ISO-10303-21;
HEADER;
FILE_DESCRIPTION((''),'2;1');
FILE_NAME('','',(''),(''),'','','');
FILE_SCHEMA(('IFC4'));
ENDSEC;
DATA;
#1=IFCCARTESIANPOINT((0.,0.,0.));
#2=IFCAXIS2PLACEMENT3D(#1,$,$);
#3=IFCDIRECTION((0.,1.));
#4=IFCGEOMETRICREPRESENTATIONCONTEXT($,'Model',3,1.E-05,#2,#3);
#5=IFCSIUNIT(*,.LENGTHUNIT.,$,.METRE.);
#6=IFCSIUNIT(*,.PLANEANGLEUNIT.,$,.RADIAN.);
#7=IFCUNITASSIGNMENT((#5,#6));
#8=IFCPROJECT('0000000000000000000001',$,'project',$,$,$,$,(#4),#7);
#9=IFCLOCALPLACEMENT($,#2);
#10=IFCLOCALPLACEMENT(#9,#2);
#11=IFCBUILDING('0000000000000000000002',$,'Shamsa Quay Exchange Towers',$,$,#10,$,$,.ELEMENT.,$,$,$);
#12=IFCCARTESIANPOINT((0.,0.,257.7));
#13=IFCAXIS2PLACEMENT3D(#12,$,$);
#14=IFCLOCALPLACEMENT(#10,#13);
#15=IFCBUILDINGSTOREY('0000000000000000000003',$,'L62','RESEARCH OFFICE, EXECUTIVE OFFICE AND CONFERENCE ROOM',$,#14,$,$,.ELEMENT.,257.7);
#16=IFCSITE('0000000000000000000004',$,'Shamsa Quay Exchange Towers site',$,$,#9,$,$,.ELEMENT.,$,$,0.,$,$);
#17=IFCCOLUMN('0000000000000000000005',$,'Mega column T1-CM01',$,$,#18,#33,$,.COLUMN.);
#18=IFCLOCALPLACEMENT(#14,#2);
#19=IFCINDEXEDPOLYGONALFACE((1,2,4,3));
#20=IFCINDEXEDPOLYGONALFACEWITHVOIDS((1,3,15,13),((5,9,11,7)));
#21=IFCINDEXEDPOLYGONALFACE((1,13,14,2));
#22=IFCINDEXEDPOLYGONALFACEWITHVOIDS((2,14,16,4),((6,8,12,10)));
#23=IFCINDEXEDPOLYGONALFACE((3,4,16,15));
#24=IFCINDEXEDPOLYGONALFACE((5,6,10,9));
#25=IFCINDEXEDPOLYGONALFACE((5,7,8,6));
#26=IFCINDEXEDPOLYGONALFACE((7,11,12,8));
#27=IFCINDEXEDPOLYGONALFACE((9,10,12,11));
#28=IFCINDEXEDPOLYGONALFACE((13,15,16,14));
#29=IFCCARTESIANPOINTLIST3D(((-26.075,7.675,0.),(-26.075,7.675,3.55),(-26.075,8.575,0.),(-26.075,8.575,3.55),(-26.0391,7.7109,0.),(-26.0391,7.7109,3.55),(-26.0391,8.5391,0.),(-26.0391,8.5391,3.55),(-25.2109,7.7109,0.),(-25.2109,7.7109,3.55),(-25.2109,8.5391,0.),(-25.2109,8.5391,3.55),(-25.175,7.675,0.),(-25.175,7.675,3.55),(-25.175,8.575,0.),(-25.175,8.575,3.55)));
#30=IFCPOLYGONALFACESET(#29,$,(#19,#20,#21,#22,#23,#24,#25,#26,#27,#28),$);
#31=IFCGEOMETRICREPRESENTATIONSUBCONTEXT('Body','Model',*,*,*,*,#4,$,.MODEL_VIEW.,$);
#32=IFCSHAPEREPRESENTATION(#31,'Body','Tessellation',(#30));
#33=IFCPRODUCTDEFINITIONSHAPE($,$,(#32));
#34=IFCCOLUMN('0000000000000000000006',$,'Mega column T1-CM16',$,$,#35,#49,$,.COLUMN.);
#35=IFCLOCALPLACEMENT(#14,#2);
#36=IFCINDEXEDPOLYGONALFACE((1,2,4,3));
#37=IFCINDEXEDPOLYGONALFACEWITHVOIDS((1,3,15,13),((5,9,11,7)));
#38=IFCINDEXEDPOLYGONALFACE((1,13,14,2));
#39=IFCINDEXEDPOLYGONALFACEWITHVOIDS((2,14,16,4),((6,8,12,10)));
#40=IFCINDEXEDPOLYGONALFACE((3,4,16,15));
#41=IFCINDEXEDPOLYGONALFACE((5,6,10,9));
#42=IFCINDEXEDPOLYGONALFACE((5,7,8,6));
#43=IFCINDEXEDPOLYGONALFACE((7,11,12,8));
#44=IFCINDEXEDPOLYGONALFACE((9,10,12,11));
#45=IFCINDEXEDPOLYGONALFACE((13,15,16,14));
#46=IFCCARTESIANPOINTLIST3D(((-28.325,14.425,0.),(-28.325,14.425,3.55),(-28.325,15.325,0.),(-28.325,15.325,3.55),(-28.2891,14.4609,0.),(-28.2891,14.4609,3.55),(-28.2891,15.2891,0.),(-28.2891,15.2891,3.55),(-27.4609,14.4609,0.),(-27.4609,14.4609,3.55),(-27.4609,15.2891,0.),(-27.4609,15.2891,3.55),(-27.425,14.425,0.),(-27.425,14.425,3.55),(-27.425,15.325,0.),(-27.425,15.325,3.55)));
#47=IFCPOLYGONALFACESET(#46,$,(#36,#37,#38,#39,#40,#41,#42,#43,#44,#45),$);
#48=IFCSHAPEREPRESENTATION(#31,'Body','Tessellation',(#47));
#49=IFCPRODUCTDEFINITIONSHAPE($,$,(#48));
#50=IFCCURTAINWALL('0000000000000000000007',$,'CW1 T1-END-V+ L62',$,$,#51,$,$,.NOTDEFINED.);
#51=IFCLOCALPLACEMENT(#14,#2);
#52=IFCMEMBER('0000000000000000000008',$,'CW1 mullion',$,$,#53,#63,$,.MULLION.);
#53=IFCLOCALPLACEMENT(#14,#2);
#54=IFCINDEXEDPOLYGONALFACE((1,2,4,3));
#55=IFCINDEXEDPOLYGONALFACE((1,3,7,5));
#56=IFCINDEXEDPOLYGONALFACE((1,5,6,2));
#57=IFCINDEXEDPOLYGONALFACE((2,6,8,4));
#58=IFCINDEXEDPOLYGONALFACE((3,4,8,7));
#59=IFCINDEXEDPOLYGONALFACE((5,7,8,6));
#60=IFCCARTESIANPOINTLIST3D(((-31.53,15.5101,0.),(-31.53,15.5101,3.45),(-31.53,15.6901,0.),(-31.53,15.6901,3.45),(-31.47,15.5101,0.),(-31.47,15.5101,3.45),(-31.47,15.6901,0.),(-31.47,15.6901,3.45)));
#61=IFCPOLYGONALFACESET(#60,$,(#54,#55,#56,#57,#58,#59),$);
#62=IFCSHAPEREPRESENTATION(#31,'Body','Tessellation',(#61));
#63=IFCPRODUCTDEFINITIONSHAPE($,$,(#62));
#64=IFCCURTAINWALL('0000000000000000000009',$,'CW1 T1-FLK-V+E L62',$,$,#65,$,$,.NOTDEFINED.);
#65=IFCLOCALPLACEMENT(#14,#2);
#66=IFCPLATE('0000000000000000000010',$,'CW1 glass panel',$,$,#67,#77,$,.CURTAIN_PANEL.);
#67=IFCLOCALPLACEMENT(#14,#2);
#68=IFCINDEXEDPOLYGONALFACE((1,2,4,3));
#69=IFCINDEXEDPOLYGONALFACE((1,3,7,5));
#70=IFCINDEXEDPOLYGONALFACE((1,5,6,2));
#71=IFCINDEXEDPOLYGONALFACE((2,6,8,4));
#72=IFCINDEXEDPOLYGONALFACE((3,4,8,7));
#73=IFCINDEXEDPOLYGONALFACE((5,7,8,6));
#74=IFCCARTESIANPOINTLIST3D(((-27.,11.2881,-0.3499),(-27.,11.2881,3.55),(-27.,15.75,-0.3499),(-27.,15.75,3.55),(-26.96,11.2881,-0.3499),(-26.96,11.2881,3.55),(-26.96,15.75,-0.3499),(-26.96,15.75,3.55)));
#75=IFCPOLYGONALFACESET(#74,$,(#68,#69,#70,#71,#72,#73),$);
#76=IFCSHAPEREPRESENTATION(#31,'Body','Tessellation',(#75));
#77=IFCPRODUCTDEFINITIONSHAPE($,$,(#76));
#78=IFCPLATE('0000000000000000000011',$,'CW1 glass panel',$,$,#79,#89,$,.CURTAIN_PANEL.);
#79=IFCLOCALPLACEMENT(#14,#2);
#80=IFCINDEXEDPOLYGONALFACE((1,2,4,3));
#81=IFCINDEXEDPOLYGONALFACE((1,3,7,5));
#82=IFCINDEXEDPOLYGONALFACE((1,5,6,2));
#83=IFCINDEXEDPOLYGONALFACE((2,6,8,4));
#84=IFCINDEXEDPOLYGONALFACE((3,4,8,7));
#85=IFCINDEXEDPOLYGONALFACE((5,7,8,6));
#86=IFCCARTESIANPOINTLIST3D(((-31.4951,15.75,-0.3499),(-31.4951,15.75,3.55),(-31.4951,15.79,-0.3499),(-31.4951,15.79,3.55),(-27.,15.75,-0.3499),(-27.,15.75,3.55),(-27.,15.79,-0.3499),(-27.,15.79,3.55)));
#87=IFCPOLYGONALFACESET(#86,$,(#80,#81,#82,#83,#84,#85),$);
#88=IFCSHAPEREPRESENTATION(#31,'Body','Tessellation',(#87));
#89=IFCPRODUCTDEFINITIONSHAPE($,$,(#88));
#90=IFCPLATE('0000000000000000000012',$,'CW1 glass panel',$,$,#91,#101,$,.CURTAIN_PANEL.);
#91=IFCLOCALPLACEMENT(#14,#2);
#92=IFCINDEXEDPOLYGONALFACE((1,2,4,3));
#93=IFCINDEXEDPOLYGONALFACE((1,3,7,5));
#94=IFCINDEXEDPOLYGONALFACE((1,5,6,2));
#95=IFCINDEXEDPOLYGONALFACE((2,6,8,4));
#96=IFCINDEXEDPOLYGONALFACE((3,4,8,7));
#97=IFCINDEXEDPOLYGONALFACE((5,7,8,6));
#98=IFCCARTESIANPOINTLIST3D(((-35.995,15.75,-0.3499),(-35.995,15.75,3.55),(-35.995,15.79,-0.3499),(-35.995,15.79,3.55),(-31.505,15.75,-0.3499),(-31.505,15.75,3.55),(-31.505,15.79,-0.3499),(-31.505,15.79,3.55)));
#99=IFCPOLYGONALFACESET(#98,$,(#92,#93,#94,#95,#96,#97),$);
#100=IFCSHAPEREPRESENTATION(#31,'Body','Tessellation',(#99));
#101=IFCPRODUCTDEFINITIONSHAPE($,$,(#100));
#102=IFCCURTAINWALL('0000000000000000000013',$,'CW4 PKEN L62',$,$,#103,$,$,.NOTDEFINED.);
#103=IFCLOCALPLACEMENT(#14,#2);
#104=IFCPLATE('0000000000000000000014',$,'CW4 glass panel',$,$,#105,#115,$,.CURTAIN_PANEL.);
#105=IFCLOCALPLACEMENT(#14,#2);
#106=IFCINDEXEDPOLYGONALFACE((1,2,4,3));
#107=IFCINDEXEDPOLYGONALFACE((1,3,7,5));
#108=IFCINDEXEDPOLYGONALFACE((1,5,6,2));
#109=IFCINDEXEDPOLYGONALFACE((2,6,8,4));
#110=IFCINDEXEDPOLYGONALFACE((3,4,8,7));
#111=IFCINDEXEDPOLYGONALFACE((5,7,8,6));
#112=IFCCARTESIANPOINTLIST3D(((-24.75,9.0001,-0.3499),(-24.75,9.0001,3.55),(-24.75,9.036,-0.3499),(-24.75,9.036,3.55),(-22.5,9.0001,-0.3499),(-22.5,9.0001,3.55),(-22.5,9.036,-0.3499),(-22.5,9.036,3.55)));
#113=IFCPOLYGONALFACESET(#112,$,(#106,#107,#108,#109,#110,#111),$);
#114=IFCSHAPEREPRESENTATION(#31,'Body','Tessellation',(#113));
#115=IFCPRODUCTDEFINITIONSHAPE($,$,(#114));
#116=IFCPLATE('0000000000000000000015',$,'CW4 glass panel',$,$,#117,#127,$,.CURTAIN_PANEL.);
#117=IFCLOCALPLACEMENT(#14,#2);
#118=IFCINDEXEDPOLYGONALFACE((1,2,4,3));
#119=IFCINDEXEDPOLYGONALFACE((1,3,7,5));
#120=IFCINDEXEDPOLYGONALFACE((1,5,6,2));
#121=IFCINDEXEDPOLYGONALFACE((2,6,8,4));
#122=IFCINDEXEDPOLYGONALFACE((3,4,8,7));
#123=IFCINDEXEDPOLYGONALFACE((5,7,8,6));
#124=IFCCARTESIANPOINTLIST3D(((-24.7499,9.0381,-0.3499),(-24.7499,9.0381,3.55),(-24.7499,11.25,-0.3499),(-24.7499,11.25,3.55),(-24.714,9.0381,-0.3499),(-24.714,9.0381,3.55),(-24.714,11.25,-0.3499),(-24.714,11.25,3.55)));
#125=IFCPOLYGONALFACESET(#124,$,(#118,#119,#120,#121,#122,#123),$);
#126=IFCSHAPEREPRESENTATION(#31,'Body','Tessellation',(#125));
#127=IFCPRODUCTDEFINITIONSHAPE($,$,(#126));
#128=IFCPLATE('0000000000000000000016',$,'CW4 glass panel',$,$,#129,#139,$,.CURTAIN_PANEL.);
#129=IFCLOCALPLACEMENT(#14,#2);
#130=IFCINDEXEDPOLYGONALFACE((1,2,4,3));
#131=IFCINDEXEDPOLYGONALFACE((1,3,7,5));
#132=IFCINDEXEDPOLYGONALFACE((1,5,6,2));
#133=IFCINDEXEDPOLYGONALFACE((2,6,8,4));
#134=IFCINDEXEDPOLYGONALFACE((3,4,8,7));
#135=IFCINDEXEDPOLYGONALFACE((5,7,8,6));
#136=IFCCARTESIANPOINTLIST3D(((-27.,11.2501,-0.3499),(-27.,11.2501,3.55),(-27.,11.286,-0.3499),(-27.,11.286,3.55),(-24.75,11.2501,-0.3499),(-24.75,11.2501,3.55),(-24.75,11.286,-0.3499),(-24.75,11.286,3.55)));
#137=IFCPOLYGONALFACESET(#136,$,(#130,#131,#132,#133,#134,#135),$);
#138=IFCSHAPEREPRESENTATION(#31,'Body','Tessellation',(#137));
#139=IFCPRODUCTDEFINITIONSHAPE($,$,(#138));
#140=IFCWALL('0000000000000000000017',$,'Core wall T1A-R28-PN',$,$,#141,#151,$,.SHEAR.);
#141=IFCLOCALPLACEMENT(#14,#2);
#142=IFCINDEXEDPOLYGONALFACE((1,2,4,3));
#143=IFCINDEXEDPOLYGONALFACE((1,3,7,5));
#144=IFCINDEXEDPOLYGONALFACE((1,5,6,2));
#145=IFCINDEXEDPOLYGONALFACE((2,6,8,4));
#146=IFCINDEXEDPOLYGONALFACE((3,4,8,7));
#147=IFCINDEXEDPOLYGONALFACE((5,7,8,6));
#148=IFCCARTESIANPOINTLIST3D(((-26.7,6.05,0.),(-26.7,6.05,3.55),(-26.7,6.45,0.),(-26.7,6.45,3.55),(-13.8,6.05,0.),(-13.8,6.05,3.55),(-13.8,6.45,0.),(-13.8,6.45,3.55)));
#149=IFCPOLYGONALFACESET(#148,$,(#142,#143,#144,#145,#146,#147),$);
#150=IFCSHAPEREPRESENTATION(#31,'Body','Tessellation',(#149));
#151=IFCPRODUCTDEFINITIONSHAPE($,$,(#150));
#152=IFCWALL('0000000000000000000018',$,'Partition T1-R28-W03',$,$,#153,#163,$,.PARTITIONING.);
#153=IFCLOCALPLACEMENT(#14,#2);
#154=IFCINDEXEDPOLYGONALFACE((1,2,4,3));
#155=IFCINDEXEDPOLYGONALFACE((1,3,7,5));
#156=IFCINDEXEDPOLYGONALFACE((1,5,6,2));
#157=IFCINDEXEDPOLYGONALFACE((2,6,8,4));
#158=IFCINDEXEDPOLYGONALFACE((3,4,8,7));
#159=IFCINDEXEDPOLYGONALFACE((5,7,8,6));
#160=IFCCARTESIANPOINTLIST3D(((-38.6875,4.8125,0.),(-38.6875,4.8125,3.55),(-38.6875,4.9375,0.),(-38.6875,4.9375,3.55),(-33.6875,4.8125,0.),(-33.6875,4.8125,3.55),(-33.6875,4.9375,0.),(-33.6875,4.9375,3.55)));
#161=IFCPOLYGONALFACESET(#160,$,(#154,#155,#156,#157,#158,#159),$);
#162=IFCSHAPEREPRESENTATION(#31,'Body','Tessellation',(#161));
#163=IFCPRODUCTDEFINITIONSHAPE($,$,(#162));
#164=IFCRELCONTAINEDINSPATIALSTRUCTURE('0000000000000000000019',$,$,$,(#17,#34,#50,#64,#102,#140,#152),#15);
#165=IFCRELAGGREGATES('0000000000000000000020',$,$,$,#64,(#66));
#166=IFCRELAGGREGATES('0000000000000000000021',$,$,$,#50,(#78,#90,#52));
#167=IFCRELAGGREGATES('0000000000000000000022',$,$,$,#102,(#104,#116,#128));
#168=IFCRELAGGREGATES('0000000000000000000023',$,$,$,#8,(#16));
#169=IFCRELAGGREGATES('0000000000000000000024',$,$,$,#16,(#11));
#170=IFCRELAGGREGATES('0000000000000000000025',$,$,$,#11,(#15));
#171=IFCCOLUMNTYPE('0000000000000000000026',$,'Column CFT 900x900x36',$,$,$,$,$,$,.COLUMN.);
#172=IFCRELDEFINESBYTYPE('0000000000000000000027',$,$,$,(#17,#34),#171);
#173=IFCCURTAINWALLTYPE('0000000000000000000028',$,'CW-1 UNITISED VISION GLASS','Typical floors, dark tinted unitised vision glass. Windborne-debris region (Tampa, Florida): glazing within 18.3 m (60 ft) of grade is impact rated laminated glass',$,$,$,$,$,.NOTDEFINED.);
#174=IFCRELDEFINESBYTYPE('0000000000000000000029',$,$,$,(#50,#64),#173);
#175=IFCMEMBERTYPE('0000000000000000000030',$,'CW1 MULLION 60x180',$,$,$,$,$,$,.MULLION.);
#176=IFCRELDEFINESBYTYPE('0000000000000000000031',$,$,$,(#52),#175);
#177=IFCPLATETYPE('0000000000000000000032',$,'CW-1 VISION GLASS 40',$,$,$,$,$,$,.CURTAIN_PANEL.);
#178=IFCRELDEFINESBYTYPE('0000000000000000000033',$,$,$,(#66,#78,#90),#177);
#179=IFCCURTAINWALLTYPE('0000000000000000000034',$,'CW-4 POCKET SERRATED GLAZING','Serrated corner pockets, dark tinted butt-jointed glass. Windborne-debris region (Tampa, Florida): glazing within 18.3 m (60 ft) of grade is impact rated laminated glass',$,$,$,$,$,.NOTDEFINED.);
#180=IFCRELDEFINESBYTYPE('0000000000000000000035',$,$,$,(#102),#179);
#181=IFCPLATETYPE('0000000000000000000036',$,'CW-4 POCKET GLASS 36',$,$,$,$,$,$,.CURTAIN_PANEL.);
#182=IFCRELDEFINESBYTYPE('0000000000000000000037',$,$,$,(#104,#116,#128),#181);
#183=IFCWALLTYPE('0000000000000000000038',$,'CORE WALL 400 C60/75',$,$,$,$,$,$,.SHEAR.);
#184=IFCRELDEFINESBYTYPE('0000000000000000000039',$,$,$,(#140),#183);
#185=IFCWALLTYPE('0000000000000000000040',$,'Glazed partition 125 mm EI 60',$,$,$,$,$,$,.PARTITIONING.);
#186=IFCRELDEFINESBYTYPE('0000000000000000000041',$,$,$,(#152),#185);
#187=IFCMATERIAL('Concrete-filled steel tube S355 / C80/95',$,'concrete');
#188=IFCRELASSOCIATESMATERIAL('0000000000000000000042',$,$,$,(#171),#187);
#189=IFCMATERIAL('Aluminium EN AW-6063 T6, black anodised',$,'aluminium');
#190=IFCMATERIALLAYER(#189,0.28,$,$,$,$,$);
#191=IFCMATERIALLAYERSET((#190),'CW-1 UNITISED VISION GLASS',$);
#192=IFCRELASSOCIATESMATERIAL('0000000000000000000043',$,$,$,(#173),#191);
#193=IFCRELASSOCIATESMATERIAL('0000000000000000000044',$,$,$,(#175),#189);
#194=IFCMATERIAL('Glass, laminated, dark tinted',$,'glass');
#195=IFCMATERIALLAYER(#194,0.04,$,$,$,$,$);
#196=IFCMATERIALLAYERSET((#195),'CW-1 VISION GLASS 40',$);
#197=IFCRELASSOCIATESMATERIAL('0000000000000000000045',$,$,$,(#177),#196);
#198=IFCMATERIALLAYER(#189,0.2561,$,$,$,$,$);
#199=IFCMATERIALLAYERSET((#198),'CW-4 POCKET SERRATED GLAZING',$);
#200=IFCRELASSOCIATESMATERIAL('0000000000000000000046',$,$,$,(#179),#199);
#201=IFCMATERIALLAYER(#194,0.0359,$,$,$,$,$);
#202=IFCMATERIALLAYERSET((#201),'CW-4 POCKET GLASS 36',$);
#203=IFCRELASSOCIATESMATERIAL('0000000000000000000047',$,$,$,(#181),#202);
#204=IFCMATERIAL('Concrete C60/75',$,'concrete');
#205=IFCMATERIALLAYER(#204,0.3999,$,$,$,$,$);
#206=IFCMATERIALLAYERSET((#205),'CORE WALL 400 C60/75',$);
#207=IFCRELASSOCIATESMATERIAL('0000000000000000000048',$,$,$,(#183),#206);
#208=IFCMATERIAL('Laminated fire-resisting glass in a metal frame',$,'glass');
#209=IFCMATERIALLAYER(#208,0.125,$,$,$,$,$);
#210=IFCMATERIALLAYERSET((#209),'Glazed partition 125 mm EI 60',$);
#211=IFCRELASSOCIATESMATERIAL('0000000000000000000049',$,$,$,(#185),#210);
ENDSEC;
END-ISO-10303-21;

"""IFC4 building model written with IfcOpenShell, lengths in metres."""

from ifc_helpers import new_model, si_unit, direction, frame, frame_2d, origin, origin_2d, place, context, subcontext, project, spatial, rectangle, hollow_rectangle, extrude, material, layer, layer_set, material_profile, profile_set, type_object, element, aggregate, save


model = new_model("IFC4")

# Units and contexts
model_context = context("Model", 3, precision=1e-05, world=origin(), true_north=direction((0.0, 1.0)))
body_context = subcontext(model_context, "Body", "Model", "MODEL_VIEW")
ifc_project = project(units=[si_unit("LENGTHUNIT", "METRE"), si_unit("PLANEANGLEUNIT", "RADIAN")], contexts=[model_context])

# Site, building, storey
site_placement = place(None, origin())
site = spatial("IfcSite", under=ifc_project, at=site_placement, Name="Shamsa Quay Exchange Towers site", CompositionType="ELEMENT", RefElevation=0.0)
building_placement = place(site_placement, origin())
building = spatial("IfcBuilding", under=site, at=building_placement, Name="Shamsa Quay Exchange Towers", CompositionType="ELEMENT")
storey_placement = place(building_placement, frame((0.0, 0.0, 257.7)))
storey = spatial("IfcBuildingStorey", under=building, at=storey_placement, Name="L62", Description="RESEARCH OFFICE, EXECUTIVE OFFICE AND CONFERENCE ROOM", CompositionType="ELEMENT", Elevation=257.7)

# Columns
ifc_material_1 = material(Name="Concrete-filled steel tube S355 / C80/95", Category="concrete")
ifc_material_profile_1 = material_profile(ifc_material_1, hollow_rectangle(XDim=0.8999, YDim=0.8999, WallThickness=0.0359, at=origin_2d()), Name="CFT 900x900x36")
ifc_profile_set_1 = profile_set([ifc_material_profile_1], Name="Concrete-filled steel tube S355 / C80/95")
column_type = type_object("IfcColumnType", Name="Column CFT 900x900x36", PredefinedType="COLUMN", material=ifc_profile_set_1)
for number, where, name in (
    (1, (-25.625, 8.125, 0.0), "Mega column T1-CM01"),
    (2, (-27.875, 14.875, 0.0), "Mega column T1-CM16"),
):
    element("IfcColumn", number, at=place(storey_placement, frame(where)), inside=storey, type_object=column_type, Name=name, PredefinedType="COLUMN", context=body_context, shape_type="SweptSolid", body=[
        extrude(hollow_rectangle(XDim=0.8999, YDim=0.8999, WallThickness=0.0359, at=origin_2d()), origin(), (0.0, 0.0, 1.0), 3.55),
    ])

# Curtain wall, member
ifc_material_2 = material(Name="Aluminium EN AW-6063 T6, black anodised", Category="aluminium")
ifc_layer_1 = layer(ifc_material_2, 0.28)
ifc_layer_set_1 = layer_set([ifc_layer_1], Name="CW-1 UNITISED VISION GLASS")
curtain_wall_type_1 = type_object("IfcCurtainWallType", Name="CW-1 UNITISED VISION GLASS", Description="Typical floors, dark tinted unitised vision glass. Windborne-debris region (Tampa, Florida): glazing within 18.3 m (60 ft) of grade is impact rated laminated glass", PredefinedType="NOTDEFINED", material=ifc_layer_set_1)
curtain_wall_1_placement = place(storey_placement, origin())
curtain_wall_1 = element("IfcCurtainWall", 3, at=curtain_wall_1_placement, inside=storey, type_object=curtain_wall_type_1, Name="CW1 T1-END-V+ L62", PredefinedType="NOTDEFINED")
ifc_material_profile_2 = material_profile(ifc_material_2, rectangle(XDim=0.1799, YDim=0.0601, at=origin_2d()), Name="MU60x180")
ifc_profile_set_2 = profile_set([ifc_material_profile_2], Name="Aluminium EN AW-6063 T6, black anodised")
member_type = type_object("IfcMemberType", Name="CW1 MULLION 60x180", PredefinedType="MULLION", material=ifc_profile_set_2)
member_placement = place(storey_placement, frame((-31.5, 15.6001, 0.0), z_axis=(0.0, 0.0, 1.0), x_axis=(0.0, -1.0, 0.0)))
member = element("IfcMember", 4, at=member_placement, type_object=member_type, Name="CW1 mullion", PredefinedType="MULLION", context=body_context, shape_type="SweptSolid", body=[
    extrude(rectangle(XDim=0.1799, YDim=0.0601, at=origin_2d()), origin(), (0.0, 0.0, 1.0), 3.45),
])

# Curtain wall, plate
curtain_wall_2_placement = place(storey_placement, origin())
curtain_wall_2 = element("IfcCurtainWall", 5, at=curtain_wall_2_placement, inside=storey, type_object=curtain_wall_type_1, Name="CW1 T1-FLK-V+E L62", PredefinedType="NOTDEFINED")
ifc_material_3 = material(Name="Glass, laminated, dark tinted", Category="glass")
ifc_layer_2 = layer(ifc_material_3, 0.04)
ifc_layer_set_2 = layer_set([ifc_layer_2], Name="CW-1 VISION GLASS 40")
plate_type_1 = type_object("IfcPlateType", Name="CW-1 VISION GLASS 40", PredefinedType="CURTAIN_PANEL", material=ifc_layer_set_2)
plate_1_placement = place(storey_placement, frame((-26.98, 13.519, -0.3499), z_axis=(0.0, 0.0, 1.0), x_axis=(0.0, 1.0, 0.0)))
plate_1 = element("IfcPlate", 6, at=plate_1_placement, type_object=plate_type_1, Name="CW1 glass panel", PredefinedType="CURTAIN_PANEL", context=body_context, shape_type="SweptSolid", body=[
    extrude(rectangle(XDim=4.4619, YDim=0.04, at=origin_2d()), origin(), (0.0, 0.0, 1.0), 3.8999),
])
aggregate(curtain_wall_2, [plate_1])

# Plates
plate_2_placement = place(storey_placement, frame((-29.2476, 15.77, -0.3499), z_axis=(0.0, 0.0, 1.0), x_axis=(-1.0, 0.0, 0.0)))
plate_2 = element("IfcPlate", 7, at=plate_2_placement, type_object=plate_type_1, Name="CW1 glass panel", PredefinedType="CURTAIN_PANEL", context=body_context, shape_type="SweptSolid", body=[
    extrude(rectangle(XDim=4.4951, YDim=0.04, at=origin_2d()), origin(), (0.0, 0.0, 1.0), 3.8999),
])
plate_3_placement = place(storey_placement, frame((-33.75, 15.77, -0.3499), z_axis=(0.0, 0.0, 1.0), x_axis=(-1.0, 0.0, 0.0)))
plate_3 = element("IfcPlate", 8, at=plate_3_placement, type_object=plate_type_1, Name="CW1 glass panel", PredefinedType="CURTAIN_PANEL", context=body_context, shape_type="SweptSolid", body=[
    extrude(rectangle(XDim=4.49, YDim=0.04, at=origin_2d()), origin(), (0.0, 0.0, 1.0), 3.8999),
])
aggregate(curtain_wall_1, [plate_2, plate_3, member])

# Curtain wall, plates
ifc_layer_3 = layer(ifc_material_2, 0.2561)
ifc_layer_set_3 = layer_set([ifc_layer_3], Name="CW-4 POCKET SERRATED GLAZING")
curtain_wall_type_2 = type_object("IfcCurtainWallType", Name="CW-4 POCKET SERRATED GLAZING", Description="Serrated corner pockets, dark tinted butt-jointed glass. Windborne-debris region (Tampa, Florida): glazing within 18.3 m (60 ft) of grade is impact rated laminated glass", PredefinedType="NOTDEFINED", material=ifc_layer_set_3)
curtain_wall_3_placement = place(storey_placement, origin())
curtain_wall_3 = element("IfcCurtainWall", 9, at=curtain_wall_3_placement, inside=storey, type_object=curtain_wall_type_2, Name="CW4 PKEN L62", PredefinedType="NOTDEFINED")
ifc_layer_4 = layer(ifc_material_3, 0.0359)
ifc_layer_set_4 = layer_set([ifc_layer_4], Name="CW-4 POCKET GLASS 36")
plate_type_2 = type_object("IfcPlateType", Name="CW-4 POCKET GLASS 36", PredefinedType="CURTAIN_PANEL", material=ifc_layer_set_4)
plate_4_placement = place(storey_placement, frame((-23.625, 9.0181, -0.3499), z_axis=(0.0, 0.0, 1.0), x_axis=(-1.0, 0.0, 0.0)))
plate_4 = element("IfcPlate", 10, at=plate_4_placement, type_object=plate_type_2, Name="CW4 glass panel", PredefinedType="CURTAIN_PANEL", context=body_context, shape_type="SweptSolid", body=[
    extrude(rectangle(XDim=2.25, YDim=0.0359, at=origin_2d()), origin(), (0.0, 0.0, 1.0), 3.8999),
])
plate_5_placement = place(storey_placement, frame((-24.7319, 10.144, -0.3499), z_axis=(0.0, 0.0, 1.0), x_axis=(0.0, 1.0, 0.0)))
plate_5 = element("IfcPlate", 11, at=plate_5_placement, type_object=plate_type_2, Name="CW4 glass panel", PredefinedType="CURTAIN_PANEL", context=body_context, shape_type="SweptSolid", body=[
    extrude(rectangle(XDim=2.2119, YDim=0.0359, at=origin_2d()), origin(), (0.0, 0.0, 1.0), 3.8999),
])
plate_6_placement = place(storey_placement, frame((-25.875, 11.2681, -0.3499), z_axis=(0.0, 0.0, 1.0), x_axis=(-1.0, 0.0, 0.0)))
plate_6 = element("IfcPlate", 12, at=plate_6_placement, type_object=plate_type_2, Name="CW4 glass panel", PredefinedType="CURTAIN_PANEL", context=body_context, shape_type="SweptSolid", body=[
    extrude(rectangle(XDim=2.25, YDim=0.0359, at=origin_2d()), origin(), (0.0, 0.0, 1.0), 3.8999),
])
aggregate(curtain_wall_3, [plate_4, plate_5, plate_6])

# Wall
ifc_material_4 = material(Name="Concrete C60/75", Category="concrete")
ifc_layer_5 = layer(ifc_material_4, 0.3999)
ifc_layer_set_5 = layer_set([ifc_layer_5], Name="CORE WALL 400 C60/75")
wall_type_1 = type_object("IfcWallType", Name="CORE WALL 400 C60/75", PredefinedType="SHEAR", material=ifc_layer_set_5)
wall_1_placement = place(storey_placement, frame((-26.7, 6.25, 0.0)))
element("IfcWall", 13, at=wall_1_placement, inside=storey, type_object=wall_type_1, Name="Core wall T1A-R28-PN", PredefinedType="SHEAR", context=body_context, shape_type="SweptSolid", body=[
    extrude(rectangle(XDim=12.8999, YDim=0.3999, at=frame_2d((6.45, 0.0))), origin(), (0.0, 0.0, 1.0), 3.55),
])

# Wall
ifc_material_5 = material(Name="Laminated fire-resisting glass in a metal frame", Category="glass")
ifc_layer_6 = layer(ifc_material_5, 0.125)
ifc_layer_set_6 = layer_set([ifc_layer_6], Name="Glazed partition 125 mm EI 60")
wall_type_2 = type_object("IfcWallType", Name="Glazed partition 125 mm EI 60", PredefinedType="PARTITIONING", material=ifc_layer_set_6)
wall_2_placement = place(storey_placement, frame((-33.6875, 4.875, 0.0), z_axis=(0.0, 0.0, 1.0), x_axis=(-1.0, 0.0, 0.0)))
element("IfcWall", 14, at=wall_2_placement, inside=storey, type_object=wall_type_2, Name="Partition T1-R28-W03", PredefinedType="PARTITIONING", context=body_context, shape_type="SweptSolid", body=[
    extrude(rectangle(XDim=5.0, YDim=0.125, at=frame_2d((2.5, 0.0))), origin(), (0.0, 0.0, 1.0), 3.55),
])

save(model, "model.ifc")
